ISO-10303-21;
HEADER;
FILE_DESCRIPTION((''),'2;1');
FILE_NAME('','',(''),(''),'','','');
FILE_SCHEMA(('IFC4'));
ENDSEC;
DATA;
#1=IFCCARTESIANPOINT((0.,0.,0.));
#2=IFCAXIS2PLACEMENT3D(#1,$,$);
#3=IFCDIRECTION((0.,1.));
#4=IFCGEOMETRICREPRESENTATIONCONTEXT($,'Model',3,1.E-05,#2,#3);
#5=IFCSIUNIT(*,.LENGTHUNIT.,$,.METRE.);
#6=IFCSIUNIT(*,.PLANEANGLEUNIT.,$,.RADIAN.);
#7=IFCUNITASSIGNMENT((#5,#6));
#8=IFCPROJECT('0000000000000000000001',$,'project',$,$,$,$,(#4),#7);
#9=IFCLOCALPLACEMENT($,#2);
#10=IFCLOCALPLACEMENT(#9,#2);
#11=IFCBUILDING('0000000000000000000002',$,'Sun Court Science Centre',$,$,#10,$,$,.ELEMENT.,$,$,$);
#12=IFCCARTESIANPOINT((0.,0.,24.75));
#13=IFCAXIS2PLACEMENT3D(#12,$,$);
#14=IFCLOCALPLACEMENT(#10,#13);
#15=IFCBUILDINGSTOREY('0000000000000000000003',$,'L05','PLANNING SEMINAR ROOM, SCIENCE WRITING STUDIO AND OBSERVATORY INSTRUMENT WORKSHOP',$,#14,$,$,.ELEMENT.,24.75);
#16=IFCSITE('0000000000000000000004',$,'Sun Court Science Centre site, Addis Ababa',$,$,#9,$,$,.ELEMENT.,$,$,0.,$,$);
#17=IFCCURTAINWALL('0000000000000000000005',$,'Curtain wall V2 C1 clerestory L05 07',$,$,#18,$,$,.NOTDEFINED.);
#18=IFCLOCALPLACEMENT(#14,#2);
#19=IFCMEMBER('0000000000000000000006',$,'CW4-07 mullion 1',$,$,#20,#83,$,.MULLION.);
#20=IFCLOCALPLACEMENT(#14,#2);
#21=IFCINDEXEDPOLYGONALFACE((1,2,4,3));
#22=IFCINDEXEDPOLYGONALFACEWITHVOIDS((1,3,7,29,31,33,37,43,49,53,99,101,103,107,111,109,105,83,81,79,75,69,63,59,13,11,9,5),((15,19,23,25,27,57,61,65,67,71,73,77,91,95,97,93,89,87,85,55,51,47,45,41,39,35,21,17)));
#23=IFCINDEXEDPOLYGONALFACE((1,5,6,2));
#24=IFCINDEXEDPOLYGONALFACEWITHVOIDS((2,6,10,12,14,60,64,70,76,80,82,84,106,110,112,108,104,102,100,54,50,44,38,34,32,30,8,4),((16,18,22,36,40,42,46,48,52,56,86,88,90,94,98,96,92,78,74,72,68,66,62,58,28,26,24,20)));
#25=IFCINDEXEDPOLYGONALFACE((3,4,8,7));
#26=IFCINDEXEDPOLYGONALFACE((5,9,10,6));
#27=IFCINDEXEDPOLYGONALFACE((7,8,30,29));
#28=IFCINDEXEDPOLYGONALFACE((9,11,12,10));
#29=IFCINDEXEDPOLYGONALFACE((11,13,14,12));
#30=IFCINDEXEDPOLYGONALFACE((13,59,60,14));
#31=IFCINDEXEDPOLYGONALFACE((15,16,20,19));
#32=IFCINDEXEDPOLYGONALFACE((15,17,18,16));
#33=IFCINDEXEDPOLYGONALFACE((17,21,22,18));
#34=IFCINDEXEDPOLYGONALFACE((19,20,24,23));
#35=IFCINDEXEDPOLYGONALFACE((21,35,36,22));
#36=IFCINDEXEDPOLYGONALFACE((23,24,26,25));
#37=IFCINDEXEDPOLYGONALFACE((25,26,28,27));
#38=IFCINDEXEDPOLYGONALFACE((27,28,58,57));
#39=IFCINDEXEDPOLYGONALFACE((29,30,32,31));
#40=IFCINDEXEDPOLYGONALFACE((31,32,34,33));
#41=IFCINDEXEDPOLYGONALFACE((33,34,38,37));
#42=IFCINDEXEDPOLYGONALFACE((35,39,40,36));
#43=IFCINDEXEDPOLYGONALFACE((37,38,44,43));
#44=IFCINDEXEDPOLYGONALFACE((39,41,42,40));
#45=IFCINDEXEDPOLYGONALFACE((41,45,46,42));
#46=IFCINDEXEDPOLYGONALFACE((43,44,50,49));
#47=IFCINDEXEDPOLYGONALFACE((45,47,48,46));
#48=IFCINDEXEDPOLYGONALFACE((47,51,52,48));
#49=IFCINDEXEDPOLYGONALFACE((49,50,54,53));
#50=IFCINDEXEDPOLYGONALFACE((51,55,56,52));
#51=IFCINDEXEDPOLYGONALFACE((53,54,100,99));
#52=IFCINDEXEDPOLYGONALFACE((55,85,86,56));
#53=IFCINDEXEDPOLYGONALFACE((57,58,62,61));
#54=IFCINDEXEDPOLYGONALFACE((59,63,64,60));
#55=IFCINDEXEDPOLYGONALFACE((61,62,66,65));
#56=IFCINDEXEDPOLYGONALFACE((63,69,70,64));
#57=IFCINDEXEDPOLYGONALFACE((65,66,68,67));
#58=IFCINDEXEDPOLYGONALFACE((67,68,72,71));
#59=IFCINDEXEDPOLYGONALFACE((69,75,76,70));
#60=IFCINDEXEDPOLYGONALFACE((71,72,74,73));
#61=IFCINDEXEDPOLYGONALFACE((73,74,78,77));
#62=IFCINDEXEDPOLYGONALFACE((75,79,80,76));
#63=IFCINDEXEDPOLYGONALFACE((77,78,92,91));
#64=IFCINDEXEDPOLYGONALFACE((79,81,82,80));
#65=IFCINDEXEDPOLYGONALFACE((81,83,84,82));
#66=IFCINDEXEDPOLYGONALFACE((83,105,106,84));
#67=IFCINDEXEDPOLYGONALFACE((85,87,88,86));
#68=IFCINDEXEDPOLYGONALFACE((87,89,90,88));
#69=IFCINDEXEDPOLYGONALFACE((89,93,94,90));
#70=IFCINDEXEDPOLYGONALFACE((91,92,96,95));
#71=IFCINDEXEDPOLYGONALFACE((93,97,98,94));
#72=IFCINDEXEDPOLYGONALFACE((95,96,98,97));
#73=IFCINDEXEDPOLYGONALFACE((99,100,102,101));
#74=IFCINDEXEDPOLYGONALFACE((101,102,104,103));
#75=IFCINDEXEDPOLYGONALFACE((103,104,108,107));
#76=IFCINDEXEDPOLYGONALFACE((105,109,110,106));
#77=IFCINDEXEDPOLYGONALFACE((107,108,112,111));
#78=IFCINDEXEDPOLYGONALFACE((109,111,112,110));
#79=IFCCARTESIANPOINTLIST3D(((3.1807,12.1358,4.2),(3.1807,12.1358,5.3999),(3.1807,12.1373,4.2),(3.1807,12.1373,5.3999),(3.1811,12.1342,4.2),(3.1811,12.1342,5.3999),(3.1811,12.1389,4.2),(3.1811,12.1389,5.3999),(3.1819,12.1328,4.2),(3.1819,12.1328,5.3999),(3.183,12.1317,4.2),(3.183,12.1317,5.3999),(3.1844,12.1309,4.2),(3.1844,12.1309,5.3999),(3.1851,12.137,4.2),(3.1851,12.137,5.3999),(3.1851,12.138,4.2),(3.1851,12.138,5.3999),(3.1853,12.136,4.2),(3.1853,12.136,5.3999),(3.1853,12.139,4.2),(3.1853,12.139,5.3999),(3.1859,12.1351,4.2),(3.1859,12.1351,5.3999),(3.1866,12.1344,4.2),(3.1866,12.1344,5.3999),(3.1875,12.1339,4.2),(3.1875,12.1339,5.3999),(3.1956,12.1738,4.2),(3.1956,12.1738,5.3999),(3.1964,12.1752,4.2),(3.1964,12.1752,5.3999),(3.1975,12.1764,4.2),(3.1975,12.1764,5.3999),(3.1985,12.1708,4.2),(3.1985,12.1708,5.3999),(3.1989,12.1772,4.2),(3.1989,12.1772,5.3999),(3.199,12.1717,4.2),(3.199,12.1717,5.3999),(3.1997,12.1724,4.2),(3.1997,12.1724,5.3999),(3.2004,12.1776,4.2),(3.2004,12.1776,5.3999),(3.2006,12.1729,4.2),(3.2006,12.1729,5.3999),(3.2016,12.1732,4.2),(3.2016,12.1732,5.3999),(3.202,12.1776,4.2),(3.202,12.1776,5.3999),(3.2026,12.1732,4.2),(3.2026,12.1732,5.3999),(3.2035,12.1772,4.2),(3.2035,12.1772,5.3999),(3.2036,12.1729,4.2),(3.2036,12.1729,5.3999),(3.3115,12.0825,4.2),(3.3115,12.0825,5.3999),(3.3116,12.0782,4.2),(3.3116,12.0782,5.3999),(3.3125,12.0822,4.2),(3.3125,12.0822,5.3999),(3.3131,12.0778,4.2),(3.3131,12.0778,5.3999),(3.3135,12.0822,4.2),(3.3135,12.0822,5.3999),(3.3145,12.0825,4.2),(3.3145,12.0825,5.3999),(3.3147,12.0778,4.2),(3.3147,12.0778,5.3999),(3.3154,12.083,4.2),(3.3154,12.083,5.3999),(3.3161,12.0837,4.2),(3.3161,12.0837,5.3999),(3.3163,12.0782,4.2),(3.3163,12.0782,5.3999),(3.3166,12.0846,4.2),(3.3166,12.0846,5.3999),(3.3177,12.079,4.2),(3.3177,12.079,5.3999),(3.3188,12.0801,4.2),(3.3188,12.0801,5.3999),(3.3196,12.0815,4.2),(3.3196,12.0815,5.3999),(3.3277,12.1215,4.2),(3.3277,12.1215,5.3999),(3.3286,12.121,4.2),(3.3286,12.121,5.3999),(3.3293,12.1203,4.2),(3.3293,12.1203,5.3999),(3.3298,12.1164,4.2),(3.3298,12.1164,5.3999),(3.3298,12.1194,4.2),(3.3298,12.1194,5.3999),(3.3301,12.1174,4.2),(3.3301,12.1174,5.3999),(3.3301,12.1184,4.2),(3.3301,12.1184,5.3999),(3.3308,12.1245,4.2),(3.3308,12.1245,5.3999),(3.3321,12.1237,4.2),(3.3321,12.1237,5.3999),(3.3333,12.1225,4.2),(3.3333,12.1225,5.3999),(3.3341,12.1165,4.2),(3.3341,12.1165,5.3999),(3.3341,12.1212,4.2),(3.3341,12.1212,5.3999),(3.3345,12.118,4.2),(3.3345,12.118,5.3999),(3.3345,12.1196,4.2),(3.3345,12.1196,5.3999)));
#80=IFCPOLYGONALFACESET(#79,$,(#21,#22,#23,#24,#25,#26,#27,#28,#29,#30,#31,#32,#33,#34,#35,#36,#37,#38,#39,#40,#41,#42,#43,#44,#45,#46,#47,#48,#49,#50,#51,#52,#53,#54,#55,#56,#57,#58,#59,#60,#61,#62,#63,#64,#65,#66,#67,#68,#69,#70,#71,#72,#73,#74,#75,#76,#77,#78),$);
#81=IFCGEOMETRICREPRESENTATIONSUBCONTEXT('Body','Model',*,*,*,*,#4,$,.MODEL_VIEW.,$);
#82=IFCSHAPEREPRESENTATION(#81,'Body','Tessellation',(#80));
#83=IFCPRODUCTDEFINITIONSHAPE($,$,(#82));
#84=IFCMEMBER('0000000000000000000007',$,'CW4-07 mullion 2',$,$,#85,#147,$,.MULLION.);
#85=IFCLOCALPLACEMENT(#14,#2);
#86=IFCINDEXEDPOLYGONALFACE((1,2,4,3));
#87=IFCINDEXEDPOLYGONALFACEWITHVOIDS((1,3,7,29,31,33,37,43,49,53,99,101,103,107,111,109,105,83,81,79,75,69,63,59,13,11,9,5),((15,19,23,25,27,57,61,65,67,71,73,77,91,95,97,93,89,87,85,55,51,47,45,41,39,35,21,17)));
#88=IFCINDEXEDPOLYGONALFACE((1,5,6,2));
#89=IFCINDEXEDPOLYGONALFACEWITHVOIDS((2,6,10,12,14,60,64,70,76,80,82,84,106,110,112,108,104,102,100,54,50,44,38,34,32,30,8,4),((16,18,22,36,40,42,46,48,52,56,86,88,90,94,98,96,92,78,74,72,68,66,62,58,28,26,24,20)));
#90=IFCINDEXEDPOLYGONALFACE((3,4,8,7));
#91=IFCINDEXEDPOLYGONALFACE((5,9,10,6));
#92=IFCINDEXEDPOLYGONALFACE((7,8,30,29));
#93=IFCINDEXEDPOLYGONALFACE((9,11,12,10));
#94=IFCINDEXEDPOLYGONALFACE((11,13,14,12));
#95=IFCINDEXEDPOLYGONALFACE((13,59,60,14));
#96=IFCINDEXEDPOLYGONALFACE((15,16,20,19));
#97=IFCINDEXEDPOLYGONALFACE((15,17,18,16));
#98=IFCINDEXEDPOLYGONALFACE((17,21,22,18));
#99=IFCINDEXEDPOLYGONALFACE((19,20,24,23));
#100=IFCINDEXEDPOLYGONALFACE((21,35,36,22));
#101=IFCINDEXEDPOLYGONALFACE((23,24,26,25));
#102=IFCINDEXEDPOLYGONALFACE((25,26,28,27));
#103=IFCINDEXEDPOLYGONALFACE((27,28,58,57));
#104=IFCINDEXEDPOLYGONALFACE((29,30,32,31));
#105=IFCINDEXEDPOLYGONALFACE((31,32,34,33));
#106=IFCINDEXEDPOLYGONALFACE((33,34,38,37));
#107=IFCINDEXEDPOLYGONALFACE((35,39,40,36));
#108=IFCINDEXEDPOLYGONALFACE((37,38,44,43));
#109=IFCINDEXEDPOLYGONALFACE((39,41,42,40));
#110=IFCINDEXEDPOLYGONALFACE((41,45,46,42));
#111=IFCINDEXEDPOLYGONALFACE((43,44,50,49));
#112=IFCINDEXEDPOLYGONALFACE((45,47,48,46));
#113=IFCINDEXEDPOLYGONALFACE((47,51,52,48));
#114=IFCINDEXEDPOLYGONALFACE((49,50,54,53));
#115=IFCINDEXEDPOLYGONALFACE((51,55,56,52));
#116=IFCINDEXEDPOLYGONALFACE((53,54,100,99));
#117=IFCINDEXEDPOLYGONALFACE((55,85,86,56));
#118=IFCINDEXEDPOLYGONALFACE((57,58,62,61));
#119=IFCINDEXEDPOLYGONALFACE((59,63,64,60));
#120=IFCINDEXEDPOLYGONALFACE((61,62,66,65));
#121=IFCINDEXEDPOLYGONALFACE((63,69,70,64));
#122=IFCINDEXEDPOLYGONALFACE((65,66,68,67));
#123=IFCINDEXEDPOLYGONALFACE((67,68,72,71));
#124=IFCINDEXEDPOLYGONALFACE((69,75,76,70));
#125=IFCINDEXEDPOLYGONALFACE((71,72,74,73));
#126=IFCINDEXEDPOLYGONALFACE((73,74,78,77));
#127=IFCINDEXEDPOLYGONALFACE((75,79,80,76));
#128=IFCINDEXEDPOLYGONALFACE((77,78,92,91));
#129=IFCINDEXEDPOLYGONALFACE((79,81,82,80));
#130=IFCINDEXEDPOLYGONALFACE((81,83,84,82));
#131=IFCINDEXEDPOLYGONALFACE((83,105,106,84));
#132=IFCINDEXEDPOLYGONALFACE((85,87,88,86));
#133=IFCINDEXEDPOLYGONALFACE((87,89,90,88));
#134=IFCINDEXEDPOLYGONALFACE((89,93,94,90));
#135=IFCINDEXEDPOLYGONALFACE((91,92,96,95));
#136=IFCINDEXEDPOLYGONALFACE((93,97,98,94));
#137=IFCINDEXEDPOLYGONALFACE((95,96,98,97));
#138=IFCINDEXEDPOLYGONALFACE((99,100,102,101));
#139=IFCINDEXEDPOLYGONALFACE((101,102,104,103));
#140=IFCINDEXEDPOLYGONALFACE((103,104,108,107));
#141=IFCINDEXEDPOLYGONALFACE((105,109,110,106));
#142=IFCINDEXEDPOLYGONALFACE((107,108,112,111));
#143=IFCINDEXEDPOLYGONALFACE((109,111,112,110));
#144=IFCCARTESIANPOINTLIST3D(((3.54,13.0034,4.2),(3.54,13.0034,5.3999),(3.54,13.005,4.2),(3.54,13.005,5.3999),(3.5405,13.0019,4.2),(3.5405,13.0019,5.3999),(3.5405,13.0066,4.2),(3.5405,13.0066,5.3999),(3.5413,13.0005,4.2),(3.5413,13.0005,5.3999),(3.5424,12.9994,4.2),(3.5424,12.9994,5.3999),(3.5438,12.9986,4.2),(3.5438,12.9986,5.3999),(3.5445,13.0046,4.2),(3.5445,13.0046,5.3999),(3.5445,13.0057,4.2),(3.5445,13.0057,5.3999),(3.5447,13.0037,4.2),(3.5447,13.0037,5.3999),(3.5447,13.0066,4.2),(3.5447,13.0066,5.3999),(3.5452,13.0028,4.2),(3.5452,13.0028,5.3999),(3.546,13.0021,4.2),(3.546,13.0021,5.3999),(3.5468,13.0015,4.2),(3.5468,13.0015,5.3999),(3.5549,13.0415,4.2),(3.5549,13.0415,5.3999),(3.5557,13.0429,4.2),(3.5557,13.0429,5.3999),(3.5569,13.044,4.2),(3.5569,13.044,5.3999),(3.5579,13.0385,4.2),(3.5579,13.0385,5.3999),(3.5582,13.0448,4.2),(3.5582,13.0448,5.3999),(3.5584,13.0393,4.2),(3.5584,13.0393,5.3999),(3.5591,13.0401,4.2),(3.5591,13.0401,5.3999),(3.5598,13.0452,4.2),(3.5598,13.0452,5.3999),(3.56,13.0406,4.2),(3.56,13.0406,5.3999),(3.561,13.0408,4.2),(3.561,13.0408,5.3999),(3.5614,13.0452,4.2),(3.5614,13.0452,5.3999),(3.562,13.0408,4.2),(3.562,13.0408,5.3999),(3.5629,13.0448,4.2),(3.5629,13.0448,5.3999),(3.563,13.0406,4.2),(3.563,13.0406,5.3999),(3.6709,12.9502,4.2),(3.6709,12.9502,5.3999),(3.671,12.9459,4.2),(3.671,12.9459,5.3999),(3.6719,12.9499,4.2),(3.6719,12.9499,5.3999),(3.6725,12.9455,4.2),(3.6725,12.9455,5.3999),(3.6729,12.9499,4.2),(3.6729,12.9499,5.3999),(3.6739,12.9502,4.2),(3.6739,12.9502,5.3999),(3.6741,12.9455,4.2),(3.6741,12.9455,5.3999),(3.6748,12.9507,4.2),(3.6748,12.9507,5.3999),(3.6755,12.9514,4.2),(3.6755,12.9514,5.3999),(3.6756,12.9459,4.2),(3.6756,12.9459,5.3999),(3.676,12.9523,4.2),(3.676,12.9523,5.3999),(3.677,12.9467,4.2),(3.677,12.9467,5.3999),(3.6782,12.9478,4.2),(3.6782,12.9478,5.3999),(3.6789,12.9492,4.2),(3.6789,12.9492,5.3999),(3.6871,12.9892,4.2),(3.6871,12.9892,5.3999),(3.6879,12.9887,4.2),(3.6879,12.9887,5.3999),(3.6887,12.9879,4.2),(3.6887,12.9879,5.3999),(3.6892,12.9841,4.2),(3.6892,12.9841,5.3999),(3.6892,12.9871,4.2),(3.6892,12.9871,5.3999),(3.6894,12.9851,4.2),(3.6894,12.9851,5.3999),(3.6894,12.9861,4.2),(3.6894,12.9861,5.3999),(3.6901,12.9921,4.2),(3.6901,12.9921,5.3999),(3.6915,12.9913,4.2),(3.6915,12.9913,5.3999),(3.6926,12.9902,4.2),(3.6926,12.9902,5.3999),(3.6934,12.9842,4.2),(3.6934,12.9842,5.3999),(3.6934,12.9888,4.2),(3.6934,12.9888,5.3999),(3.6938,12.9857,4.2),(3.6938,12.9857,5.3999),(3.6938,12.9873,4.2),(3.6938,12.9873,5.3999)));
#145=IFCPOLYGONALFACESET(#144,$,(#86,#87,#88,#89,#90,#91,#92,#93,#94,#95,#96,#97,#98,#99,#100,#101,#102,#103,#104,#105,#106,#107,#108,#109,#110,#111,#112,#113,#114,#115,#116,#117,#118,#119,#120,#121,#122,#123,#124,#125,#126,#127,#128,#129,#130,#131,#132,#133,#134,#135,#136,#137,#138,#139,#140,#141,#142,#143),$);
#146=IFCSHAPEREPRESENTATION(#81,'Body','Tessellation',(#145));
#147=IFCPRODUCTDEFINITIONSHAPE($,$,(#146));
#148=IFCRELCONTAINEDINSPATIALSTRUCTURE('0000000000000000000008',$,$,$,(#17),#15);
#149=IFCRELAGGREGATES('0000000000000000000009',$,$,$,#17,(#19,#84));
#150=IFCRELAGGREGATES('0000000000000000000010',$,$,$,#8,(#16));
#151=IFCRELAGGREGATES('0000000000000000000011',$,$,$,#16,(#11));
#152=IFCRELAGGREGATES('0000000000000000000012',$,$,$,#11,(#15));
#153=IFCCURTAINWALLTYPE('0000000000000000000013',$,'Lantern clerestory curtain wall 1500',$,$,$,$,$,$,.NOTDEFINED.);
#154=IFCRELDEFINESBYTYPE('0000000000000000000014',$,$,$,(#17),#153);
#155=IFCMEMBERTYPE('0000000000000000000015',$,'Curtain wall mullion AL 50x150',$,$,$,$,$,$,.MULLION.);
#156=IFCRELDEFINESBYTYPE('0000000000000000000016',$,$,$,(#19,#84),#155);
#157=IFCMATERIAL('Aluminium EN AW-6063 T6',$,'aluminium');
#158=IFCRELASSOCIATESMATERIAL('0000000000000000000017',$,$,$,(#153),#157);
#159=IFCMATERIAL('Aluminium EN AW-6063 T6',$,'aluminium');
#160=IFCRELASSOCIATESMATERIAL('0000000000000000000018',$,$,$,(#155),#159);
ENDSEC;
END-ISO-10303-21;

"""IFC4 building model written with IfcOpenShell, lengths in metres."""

from ifc_helpers import new_model, si_unit, direction, frame, origin, origin_2d, place, context, subcontext, project, spatial, hollow_rectangle, extrude, material, material_profile, profile_set, type_object, element, aggregate, save


model = new_model("IFC4")

# Units and contexts
model_context = context("Model", 3, precision=1e-05, world=origin(), true_north=direction((0.0, 1.0)))
body_context = subcontext(model_context, "Body", "Model", "MODEL_VIEW")
ifc_project = project(units=[si_unit("LENGTHUNIT", "METRE"), si_unit("PLANEANGLEUNIT", "RADIAN")], contexts=[model_context])

# Site, building, storey
site_placement = place(None, origin())
site = spatial("IfcSite", under=ifc_project, at=site_placement, Name="Sun Court Science Centre site, Addis Ababa", CompositionType="ELEMENT", RefElevation=0.0)
building_placement = place(site_placement, origin())
building = spatial("IfcBuilding", under=site, at=building_placement, Name="Sun Court Science Centre", CompositionType="ELEMENT")
storey_placement = place(building_placement, frame((0.0, 0.0, 24.75)))
storey = spatial("IfcBuildingStorey", under=building, at=storey_placement, Name="L05", Description="PLANNING SEMINAR ROOM, SCIENCE WRITING STUDIO AND OBSERVATORY INSTRUMENT WORKSHOP", CompositionType="ELEMENT", Elevation=24.75)

# Curtain wall, members
ifc_material_1 = material(Name="Aluminium EN AW-6063 T6", Category="aluminium")
curtain_wall_type = type_object("IfcCurtainWallType", Name="Lantern clerestory curtain wall 1500", PredefinedType="NOTDEFINED", material=ifc_material_1)
curtain_wall_1_placement = place(storey_placement, origin())
curtain_wall_1 = element("IfcCurtainWall", 1, at=curtain_wall_1_placement, inside=storey, type_object=curtain_wall_type, Name="Curtain wall V2 C1 clerestory L05 07", PredefinedType="NOTDEFINED")
ifc_material_2 = material(Name="Aluminium EN AW-6063 T6", Category="aluminium")
ifc_material_profile_1 = material_profile(ifc_material_2, hollow_rectangle(XDim=0.05, YDim=0.1499, WallThickness=0.0039, InnerFilletRadius=0.0039, OuterFilletRadius=0.0061, at=origin_2d()), Name="AL 50x150x4")
ifc_profile_set_1 = profile_set([ifc_material_profile_1], Name="Aluminium EN AW-6063 T6")
member_type_1 = type_object("IfcMemberType", Name="Curtain wall mullion AL 50x150", PredefinedType="MULLION", material=ifc_profile_set_1)
member_1_placement = place(storey_placement, frame((3.2576, 12.1277, 4.2), z_axis=(0.0, 0.0, 1.0), x_axis=(0.382683, 0.92388, 0.0)))
member_1 = element("IfcMember", 2, at=member_1_placement, type_object=member_type_1, Name="CW4-07 mullion 1", PredefinedType="MULLION", context=body_context, shape_type="SweptSolid", body=[
    extrude(hollow_rectangle(XDim=0.05, YDim=0.1499, WallThickness=0.0039, InnerFilletRadius=0.0039, OuterFilletRadius=0.0061, at=origin_2d()), origin(), (0.0, 0.0, 1.0), 1.2),
])
member_2_placement = place(storey_placement, frame((3.6169, 12.9954, 4.2), z_axis=(0.0, 0.0, 1.0), x_axis=(0.382683, 0.92388, 0.0)))
member_2 = element("IfcMember", 3, at=member_2_placement, type_object=member_type_1, Name="CW4-07 mullion 2", PredefinedType="MULLION", context=body_context, shape_type="SweptSolid", body=[
    extrude(hollow_rectangle(XDim=0.05, YDim=0.1499, WallThickness=0.0039, InnerFilletRadius=0.0039, OuterFilletRadius=0.0061, at=origin_2d()), origin(), (0.0, 0.0, 1.0), 1.2),
])
aggregate(curtain_wall_1, [member_1, member_2])

save(model, "model.ifc")
